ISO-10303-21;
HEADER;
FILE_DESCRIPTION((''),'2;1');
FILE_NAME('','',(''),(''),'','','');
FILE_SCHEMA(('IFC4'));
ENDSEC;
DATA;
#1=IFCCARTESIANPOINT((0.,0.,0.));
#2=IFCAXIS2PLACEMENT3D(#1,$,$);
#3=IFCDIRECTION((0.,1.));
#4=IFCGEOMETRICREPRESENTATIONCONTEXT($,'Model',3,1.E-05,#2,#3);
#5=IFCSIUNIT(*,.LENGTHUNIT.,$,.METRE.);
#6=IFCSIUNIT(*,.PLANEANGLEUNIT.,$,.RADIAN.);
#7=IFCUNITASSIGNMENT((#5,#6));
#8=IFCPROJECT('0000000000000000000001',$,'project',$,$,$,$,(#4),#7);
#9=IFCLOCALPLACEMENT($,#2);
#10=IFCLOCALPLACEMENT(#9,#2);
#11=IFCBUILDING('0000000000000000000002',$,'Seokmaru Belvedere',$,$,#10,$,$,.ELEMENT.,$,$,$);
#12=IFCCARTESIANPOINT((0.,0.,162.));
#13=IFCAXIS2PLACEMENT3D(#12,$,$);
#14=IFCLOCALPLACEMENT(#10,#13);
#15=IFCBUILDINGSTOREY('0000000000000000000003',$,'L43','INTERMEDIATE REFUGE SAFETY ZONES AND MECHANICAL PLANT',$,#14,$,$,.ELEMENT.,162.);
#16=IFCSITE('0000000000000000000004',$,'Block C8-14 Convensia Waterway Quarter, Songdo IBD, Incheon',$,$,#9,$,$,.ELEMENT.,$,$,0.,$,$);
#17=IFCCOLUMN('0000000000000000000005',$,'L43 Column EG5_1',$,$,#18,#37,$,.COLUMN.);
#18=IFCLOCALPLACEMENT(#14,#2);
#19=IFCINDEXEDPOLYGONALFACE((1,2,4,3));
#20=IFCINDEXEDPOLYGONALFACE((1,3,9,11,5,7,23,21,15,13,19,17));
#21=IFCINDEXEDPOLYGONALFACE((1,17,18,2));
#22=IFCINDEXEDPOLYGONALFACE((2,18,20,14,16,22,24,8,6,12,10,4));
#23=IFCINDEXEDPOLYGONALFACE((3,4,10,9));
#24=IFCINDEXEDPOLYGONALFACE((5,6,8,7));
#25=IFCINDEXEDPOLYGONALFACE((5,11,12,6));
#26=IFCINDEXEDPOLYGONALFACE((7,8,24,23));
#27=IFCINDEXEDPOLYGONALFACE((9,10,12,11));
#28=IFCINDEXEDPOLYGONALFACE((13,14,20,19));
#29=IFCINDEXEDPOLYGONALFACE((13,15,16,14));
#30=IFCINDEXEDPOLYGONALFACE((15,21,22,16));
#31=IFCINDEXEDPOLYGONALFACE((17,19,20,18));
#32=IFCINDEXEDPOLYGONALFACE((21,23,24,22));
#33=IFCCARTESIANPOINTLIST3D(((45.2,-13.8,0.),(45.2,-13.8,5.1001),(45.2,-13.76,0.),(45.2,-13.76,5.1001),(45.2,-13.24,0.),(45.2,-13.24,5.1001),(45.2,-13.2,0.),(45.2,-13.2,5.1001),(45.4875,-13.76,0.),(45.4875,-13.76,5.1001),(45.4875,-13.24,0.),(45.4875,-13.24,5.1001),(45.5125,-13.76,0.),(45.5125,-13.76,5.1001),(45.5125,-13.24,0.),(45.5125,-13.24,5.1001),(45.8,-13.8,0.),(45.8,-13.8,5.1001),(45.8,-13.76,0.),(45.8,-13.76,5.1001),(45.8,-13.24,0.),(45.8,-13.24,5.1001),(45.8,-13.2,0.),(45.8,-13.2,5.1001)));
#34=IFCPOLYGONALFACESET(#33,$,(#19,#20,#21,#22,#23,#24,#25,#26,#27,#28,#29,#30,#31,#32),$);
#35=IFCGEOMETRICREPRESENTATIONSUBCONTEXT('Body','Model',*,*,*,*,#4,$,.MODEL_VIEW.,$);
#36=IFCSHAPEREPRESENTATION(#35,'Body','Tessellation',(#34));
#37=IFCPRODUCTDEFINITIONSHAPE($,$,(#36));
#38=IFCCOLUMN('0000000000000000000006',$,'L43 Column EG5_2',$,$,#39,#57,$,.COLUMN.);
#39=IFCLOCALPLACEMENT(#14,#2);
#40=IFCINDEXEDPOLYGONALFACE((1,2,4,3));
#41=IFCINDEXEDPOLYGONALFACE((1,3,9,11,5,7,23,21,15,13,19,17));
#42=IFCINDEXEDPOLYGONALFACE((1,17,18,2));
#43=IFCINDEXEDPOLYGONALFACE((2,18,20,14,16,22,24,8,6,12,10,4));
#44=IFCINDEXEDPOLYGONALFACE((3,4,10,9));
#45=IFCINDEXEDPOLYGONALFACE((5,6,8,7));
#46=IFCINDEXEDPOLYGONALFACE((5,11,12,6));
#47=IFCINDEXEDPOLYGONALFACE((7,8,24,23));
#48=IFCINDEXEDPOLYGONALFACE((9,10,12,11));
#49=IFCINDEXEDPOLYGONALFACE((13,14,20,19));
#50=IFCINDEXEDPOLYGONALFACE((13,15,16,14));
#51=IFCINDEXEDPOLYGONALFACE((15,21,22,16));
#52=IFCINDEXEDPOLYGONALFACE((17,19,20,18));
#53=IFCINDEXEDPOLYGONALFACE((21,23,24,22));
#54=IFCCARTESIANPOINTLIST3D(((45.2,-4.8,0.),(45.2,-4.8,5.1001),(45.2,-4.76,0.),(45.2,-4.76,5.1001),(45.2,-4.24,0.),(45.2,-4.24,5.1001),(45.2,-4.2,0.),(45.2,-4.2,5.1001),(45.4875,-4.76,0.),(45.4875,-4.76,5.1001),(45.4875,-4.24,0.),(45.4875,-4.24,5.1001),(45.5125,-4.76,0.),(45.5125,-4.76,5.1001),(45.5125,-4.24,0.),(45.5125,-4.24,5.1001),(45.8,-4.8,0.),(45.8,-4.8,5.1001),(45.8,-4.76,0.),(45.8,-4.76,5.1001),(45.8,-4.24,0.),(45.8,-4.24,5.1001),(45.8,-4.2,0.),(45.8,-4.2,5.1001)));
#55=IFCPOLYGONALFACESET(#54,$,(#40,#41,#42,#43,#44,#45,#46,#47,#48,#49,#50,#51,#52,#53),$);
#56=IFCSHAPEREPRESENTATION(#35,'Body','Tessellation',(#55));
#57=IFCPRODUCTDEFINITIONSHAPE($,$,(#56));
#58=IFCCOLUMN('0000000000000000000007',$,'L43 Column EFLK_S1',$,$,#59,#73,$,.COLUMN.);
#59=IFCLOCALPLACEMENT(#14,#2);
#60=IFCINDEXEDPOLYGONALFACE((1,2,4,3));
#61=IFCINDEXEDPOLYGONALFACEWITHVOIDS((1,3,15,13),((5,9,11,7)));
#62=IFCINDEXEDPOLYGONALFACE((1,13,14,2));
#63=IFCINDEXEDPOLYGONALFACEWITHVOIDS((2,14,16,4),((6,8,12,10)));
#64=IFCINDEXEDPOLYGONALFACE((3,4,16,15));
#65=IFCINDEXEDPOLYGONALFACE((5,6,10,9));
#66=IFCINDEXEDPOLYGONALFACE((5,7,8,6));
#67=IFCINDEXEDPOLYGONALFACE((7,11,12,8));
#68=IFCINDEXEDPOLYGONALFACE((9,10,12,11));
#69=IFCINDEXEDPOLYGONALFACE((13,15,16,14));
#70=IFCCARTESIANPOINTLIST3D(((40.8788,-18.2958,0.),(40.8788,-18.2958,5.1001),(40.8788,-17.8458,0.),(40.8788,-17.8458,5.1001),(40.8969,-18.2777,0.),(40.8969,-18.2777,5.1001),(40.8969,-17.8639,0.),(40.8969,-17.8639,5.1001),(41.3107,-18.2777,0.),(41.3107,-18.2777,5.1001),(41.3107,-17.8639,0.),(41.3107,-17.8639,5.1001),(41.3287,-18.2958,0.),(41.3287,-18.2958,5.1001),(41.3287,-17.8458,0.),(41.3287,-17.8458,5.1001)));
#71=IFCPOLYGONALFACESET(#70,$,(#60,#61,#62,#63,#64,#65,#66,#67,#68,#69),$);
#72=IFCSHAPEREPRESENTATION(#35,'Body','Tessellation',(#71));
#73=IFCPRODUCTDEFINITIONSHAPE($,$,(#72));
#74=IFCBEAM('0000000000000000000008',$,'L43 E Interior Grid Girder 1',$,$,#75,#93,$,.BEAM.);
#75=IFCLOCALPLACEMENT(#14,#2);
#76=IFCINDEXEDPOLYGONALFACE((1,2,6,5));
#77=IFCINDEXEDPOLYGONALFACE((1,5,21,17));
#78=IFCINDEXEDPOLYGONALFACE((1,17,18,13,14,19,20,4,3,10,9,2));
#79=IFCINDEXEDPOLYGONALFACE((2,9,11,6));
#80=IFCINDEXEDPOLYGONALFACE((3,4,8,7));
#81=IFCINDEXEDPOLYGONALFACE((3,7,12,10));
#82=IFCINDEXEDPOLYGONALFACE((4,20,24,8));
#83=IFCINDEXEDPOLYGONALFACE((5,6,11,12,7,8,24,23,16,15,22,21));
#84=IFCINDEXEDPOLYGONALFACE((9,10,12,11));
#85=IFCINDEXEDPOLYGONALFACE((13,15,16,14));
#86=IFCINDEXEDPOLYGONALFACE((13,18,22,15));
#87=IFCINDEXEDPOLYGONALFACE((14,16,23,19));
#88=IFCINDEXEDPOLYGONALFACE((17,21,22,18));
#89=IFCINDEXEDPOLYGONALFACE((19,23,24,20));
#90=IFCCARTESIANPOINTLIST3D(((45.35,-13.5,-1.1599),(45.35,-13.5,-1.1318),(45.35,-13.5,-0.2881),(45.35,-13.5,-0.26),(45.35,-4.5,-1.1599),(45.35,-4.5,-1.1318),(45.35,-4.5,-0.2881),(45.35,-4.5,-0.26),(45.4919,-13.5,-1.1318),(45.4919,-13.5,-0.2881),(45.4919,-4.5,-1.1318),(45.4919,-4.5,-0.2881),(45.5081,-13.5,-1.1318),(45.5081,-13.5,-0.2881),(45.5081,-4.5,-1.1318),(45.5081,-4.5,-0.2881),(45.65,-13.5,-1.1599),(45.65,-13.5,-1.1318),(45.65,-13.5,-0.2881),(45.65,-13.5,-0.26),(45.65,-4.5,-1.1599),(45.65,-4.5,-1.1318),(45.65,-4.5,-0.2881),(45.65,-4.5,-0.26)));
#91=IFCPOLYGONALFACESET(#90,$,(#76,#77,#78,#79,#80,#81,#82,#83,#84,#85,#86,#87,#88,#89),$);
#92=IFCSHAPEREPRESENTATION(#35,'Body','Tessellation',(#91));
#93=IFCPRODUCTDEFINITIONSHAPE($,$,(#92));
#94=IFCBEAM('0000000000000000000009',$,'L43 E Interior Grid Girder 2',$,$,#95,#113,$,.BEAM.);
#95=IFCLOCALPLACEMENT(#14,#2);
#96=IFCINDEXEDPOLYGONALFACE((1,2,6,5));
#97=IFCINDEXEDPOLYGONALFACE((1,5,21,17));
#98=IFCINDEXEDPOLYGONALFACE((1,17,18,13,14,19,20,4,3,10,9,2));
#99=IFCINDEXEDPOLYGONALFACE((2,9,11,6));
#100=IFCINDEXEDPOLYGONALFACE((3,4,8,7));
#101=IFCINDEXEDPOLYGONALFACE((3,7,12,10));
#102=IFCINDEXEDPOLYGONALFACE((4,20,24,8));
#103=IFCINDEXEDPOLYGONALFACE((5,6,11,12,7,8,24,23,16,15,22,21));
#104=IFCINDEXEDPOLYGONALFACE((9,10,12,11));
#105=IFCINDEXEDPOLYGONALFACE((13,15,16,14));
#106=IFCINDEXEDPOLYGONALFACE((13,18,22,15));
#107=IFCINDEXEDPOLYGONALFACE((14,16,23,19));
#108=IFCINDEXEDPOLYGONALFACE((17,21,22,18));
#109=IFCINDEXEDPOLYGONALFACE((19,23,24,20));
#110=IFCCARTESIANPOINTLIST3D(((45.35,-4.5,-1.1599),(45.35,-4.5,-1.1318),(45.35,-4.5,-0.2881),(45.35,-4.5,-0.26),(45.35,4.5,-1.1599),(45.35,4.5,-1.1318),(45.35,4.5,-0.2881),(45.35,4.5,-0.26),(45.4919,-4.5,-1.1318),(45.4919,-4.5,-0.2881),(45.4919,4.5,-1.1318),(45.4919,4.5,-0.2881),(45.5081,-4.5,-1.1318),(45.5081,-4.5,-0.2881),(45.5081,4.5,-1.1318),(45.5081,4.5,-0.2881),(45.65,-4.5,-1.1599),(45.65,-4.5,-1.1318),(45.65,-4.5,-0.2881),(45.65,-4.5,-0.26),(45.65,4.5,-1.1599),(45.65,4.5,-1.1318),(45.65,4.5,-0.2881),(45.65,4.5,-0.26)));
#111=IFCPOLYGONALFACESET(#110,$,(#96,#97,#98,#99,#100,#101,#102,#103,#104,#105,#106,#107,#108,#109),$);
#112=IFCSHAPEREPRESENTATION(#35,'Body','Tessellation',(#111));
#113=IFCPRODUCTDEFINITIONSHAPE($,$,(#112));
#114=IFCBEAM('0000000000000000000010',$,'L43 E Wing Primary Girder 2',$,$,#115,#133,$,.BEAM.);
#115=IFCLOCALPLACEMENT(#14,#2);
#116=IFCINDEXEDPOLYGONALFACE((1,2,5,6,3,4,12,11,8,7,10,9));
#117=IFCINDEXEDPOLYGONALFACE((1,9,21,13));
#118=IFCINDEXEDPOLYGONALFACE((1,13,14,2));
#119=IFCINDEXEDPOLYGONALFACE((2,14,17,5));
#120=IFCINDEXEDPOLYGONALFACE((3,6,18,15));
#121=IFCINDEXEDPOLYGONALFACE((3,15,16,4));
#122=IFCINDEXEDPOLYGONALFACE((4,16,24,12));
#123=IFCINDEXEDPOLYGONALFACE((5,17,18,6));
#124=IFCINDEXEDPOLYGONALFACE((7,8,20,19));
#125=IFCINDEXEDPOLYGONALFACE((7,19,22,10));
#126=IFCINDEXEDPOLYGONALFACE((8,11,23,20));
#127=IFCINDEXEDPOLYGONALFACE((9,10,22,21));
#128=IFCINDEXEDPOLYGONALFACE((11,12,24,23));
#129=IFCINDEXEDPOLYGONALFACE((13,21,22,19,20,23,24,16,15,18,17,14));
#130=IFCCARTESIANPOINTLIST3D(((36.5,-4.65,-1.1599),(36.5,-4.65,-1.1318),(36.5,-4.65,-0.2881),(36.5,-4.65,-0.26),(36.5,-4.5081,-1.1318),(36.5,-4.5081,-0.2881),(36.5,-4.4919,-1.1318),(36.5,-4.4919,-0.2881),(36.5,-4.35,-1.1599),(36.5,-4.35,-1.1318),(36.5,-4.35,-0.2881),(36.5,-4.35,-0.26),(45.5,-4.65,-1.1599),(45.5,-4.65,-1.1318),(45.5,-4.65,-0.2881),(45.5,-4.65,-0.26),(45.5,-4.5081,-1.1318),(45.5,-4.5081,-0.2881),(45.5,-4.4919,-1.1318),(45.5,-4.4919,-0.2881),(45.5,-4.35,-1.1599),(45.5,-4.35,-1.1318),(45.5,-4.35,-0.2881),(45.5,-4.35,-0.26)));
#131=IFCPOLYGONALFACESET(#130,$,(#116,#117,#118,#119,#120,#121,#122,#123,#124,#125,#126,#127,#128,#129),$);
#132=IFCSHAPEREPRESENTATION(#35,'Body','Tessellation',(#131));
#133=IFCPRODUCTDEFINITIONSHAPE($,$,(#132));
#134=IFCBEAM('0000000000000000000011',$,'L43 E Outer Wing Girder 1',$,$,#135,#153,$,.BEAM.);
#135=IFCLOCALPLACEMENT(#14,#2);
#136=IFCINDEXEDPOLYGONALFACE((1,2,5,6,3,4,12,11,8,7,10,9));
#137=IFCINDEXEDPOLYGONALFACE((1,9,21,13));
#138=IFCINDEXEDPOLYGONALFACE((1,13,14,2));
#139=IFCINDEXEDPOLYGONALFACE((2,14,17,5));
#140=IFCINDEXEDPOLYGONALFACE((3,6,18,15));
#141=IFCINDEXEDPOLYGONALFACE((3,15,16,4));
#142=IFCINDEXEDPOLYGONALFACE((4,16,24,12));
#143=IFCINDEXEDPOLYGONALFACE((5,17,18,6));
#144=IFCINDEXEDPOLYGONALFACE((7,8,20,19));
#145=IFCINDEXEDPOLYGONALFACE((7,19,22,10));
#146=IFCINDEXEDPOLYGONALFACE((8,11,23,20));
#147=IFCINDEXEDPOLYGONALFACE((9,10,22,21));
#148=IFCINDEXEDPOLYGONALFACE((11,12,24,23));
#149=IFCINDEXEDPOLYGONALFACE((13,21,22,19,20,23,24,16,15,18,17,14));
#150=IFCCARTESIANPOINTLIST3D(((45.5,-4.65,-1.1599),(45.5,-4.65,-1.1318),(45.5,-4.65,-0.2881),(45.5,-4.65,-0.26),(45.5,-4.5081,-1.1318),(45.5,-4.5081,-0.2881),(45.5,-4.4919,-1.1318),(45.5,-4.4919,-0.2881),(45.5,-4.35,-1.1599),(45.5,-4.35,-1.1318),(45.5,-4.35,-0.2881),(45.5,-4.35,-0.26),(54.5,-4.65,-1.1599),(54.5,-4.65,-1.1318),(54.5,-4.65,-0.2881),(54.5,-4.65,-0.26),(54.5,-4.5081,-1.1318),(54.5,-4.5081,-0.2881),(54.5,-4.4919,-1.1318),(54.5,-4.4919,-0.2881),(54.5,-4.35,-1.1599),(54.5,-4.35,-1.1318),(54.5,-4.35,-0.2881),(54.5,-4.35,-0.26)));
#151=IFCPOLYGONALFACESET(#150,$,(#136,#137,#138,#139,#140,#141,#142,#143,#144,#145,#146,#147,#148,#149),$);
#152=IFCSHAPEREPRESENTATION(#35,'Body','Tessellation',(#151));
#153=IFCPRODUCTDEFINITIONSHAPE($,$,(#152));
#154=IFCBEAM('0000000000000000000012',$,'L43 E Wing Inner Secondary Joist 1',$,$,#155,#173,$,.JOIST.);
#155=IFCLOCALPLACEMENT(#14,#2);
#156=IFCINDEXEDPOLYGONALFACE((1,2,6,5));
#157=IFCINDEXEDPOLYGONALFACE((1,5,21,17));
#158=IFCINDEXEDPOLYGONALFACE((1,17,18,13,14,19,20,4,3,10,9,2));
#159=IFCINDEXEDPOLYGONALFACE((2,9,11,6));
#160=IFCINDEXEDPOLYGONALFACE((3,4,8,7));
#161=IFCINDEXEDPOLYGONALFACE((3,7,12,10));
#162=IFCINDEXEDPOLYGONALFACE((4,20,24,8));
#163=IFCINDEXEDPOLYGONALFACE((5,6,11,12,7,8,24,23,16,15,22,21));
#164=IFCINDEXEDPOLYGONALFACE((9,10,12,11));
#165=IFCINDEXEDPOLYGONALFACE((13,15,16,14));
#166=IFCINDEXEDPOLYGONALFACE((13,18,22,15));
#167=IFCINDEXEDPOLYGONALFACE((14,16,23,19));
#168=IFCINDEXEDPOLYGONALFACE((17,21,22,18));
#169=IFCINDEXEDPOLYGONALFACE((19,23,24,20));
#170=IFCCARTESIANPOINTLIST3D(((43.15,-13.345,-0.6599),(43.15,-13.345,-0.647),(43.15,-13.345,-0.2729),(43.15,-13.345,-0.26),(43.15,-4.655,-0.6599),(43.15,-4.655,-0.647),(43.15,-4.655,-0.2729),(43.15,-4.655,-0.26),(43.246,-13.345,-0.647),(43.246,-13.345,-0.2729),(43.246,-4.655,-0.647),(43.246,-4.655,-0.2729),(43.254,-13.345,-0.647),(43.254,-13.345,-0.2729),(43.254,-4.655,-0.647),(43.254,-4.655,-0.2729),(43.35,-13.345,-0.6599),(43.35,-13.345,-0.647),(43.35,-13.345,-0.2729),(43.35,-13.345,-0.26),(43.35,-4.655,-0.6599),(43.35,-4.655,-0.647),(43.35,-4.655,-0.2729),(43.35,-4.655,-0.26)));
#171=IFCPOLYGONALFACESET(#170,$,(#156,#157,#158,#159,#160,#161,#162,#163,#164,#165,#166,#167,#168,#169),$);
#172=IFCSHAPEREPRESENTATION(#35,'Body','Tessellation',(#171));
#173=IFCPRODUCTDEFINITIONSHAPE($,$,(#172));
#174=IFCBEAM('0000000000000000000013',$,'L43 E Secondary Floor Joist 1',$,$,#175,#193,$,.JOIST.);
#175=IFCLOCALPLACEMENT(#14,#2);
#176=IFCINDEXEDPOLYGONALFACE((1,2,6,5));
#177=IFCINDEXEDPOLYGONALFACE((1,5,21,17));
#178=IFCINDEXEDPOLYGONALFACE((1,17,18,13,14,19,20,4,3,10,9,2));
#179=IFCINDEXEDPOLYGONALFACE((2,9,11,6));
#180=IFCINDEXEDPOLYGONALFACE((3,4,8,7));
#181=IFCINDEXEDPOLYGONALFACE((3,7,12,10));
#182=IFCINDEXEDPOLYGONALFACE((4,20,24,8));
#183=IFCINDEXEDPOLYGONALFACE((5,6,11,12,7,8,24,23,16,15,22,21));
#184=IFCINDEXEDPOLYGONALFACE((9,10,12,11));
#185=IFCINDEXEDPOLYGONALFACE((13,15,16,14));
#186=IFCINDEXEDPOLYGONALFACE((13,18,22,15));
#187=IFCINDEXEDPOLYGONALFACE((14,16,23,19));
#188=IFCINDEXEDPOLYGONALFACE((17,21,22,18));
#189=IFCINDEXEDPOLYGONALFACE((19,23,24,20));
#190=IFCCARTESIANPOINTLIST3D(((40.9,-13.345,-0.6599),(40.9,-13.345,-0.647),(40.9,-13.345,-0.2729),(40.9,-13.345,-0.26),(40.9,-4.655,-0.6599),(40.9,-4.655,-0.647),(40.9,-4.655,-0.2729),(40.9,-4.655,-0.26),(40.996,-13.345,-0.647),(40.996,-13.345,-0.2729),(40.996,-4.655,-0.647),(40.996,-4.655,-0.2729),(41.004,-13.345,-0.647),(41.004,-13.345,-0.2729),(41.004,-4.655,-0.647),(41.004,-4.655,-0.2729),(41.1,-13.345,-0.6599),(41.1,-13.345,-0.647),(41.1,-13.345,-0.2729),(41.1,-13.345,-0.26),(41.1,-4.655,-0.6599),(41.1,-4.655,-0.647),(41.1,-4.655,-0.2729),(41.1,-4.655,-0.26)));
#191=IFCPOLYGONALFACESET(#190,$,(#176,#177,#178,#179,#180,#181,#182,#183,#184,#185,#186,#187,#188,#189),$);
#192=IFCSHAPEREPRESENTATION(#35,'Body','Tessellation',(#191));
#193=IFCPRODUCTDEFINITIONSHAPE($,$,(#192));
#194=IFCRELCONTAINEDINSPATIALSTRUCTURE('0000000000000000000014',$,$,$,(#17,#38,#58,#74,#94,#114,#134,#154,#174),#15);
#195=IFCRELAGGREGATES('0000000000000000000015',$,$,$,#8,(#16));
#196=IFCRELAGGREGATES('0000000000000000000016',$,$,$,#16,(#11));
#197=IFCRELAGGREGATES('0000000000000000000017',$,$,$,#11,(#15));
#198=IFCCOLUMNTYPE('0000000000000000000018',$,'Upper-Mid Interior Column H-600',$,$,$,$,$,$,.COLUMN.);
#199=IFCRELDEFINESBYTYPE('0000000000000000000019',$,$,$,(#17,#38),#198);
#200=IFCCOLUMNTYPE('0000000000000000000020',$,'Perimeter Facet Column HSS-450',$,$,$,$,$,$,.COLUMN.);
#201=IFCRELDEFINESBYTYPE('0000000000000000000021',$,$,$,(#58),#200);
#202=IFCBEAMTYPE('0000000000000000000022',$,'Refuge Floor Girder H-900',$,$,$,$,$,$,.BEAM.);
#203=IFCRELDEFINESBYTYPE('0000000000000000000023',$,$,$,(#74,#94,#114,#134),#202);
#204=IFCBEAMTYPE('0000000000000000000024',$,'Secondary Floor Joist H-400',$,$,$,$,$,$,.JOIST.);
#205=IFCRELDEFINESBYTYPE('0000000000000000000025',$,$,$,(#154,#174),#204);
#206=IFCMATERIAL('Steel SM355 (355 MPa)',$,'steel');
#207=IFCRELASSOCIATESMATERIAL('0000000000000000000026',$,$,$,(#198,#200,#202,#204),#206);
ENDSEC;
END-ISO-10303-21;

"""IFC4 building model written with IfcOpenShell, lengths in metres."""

from ifc_helpers import new_model, si_unit, direction, frame, origin, origin_2d, place, context, subcontext, project, spatial, hollow_rectangle, i_section, extrude, source, transform, mapped, material, material_profile, profile_set, type_object, type_shapes, element, save


model = new_model("IFC4")

# Units and contexts
model_context = context("Model", 3, precision=1e-05, world=origin(), true_north=direction((0.0, 1.0)))
body_context = subcontext(model_context, "Body", "Model", "MODEL_VIEW")
ifc_project = project(units=[si_unit("LENGTHUNIT", "METRE"), si_unit("PLANEANGLEUNIT", "RADIAN")], contexts=[model_context])

# Site, building, storey
site_placement = place(None, origin())
site = spatial("IfcSite", under=ifc_project, at=site_placement, Name="Block C8-14 Convensia Waterway Quarter, Songdo IBD, Incheon", CompositionType="ELEMENT", RefElevation=0.0)
building_placement = place(site_placement, origin())
building = spatial("IfcBuilding", under=site, at=building_placement, Name="Seokmaru Belvedere", CompositionType="ELEMENT")
storey_placement = place(building_placement, frame((0.0, 0.0, 162.0)))
storey = spatial("IfcBuildingStorey", under=building, at=storey_placement, Name="L43", Description="INTERMEDIATE REFUGE SAFETY ZONES AND MECHANICAL PLANT", CompositionType="ELEMENT", Elevation=162.0)

# Columns
ifc_material_1 = material(Name="Steel SM355 (355 MPa)", Category="steel")
ifc_material_profile_1 = material_profile(ifc_material_1, i_section(OverallWidth=0.6001, OverallDepth=0.6001, WebThickness=0.0249, FlangeThickness=0.04, at=origin_2d()), Name="H-600x600x25x40")
ifc_profile_set_1 = profile_set([ifc_material_profile_1], Name="Steel SM355 (355 MPa)")
column_type_1 = type_object("IfcColumnType", Name="Upper-Mid Interior Column H-600", PredefinedType="COLUMN", material=ifc_profile_set_1)
shared_shape_1 = source(origin(), body_context, "Body", "SweptSolid", [
    extrude(i_section(OverallWidth=0.6001, OverallDepth=0.6001, WebThickness=0.0249, FlangeThickness=0.04, at=origin_2d()), origin(), (0.0, 0.0, 1.0), 5.1001),
])
type_shapes(column_type_1, [shared_shape_1])
for number, where, z_axis, x_axis, name in (
    (1, (45.5, -13.5, 0.0), (0.0, 0.0, 1.0), (1.0, 0.0, 0.0), "L43 Column EG5_1"),
    (2, (45.5, -4.5, 0.0), (0.0, 0.0, 1.0), (1.0, 0.0, 0.0), "L43 Column EG5_2"),
):
    element("IfcColumn", number, at=place(storey_placement, frame(where, z_axis=z_axis, x_axis=x_axis)), inside=storey, type_object=column_type_1, Name=name, PredefinedType="COLUMN", context=body_context, shape_type="MappedRepresentation", body=[
        mapped(shared_shape_1, transform((0.0, 0.0, 0.0), scale=1.0)),
    ])
ifc_material_profile_2 = material_profile(ifc_material_1, hollow_rectangle(XDim=0.45, YDim=0.45, WallThickness=0.0181, at=origin_2d()), Name="HSS-450x450x18")
ifc_profile_set_2 = profile_set([ifc_material_profile_2], Name="Steel SM355 (355 MPa)")
column_type_2 = type_object("IfcColumnType", Name="Perimeter Facet Column HSS-450", PredefinedType="COLUMN", material=ifc_profile_set_2)
shared_shape_2 = source(origin(), body_context, "Body", "SweptSolid", [
    extrude(hollow_rectangle(XDim=0.45, YDim=0.45, WallThickness=0.0181, at=origin_2d()), origin(), (0.0, 0.0, 1.0), 5.1001),
])
type_shapes(column_type_2, [shared_shape_2])
column_placement = place(storey_placement, frame((41.1038, -18.0708, 0.0), z_axis=(0.0, 0.0, 1.0), x_axis=(1.0, 0.0, 0.0)))
element("IfcColumn", 3, at=column_placement, inside=storey, type_object=column_type_2, Name="L43 Column EFLK_S1", PredefinedType="COLUMN", context=body_context, shape_type="MappedRepresentation", body=[
    mapped(shared_shape_2, transform((0.0, 0.0, 0.0), scale=1.0)),
])

# Beams
ifc_material_profile_3 = material_profile(ifc_material_1, i_section(OverallWidth=0.3, OverallDepth=0.8999, WebThickness=0.0161, FlangeThickness=0.0281, at=origin_2d()), Name="H-900x300x16x28")
ifc_profile_set_3 = profile_set([ifc_material_profile_3], Name="Steel SM355 (355 MPa)")
beam_type_1 = type_object("IfcBeamType", Name="Refuge Floor Girder H-900", PredefinedType="BEAM", material=ifc_profile_set_3)
shared_shape_3 = source(origin(), body_context, "Body", "SweptSolid", [
    extrude(i_section(OverallWidth=0.3, OverallDepth=0.8999, WebThickness=0.0161, FlangeThickness=0.0281, at=origin_2d()), origin(), (0.0, 0.0, 1.0), 9.0),
])
for number, where, z_axis, x_axis, name in (
    (4, (45.5, -13.5, -0.71), (0.0, 1.0, 0.0), (-1.0, 0.0, 0.0), "L43 E Interior Grid Girder 1"),
    (5, (45.5, -4.5, -0.71), (0.0, 1.0, 0.0), (-1.0, 0.0, 0.0), "L43 E Interior Grid Girder 2"),
    (6, (36.5, -4.5, -0.71), (1.0, 0.0, 0.0), (0.0, 1.0, 0.0), "L43 E Wing Primary Girder 2"),
    (7, (45.5, -4.5, -0.71), (1.0, 0.0, 0.0), (0.0, 1.0, 0.0), "L43 E Outer Wing Girder 1"),
):
    element("IfcBeam", number, at=place(storey_placement, frame(where, z_axis=z_axis, x_axis=x_axis)), inside=storey, type_object=beam_type_1, Name=name, PredefinedType="BEAM", context=body_context, shape_type="MappedRepresentation", body=[
        mapped(shared_shape_3, transform((0.0, 0.0, 0.0), scale=1.0)),
    ])
ifc_material_profile_4 = material_profile(ifc_material_1, i_section(OverallWidth=0.2, OverallDepth=0.3999, WebThickness=0.0081, FlangeThickness=0.0129, at=origin_2d()), Name="H-400x200x8x13")
ifc_profile_set_4 = profile_set([ifc_material_profile_4], Name="Steel SM355 (355 MPa)")
beam_type_2 = type_object("IfcBeamType", Name="Secondary Floor Joist H-400", PredefinedType="JOIST", material=ifc_profile_set_4)
shared_shape_4 = source(origin(), body_context, "Body", "SweptSolid", [
    extrude(i_section(OverallWidth=0.2, OverallDepth=0.3999, WebThickness=0.0081, FlangeThickness=0.0129, at=origin_2d()), origin(), (0.0, 0.0, 1.0), 8.6899),
])
type_shapes(beam_type_2, [shared_shape_4])
for number, where, z_axis, x_axis, name in (
    (8, (43.25, -13.345, -0.46), (0.0, 1.0, 0.0), (-1.0, 0.0, 0.0), "L43 E Wing Inner Secondary Joist 1"),
    (9, (41.0, -13.345, -0.46), (0.0, 1.0, 0.0), (-1.0, 0.0, 0.0), "L43 E Secondary Floor Joist 1"),
):
    element("IfcBeam", number, at=place(storey_placement, frame(where, z_axis=z_axis, x_axis=x_axis)), inside=storey, type_object=beam_type_2, Name=name, PredefinedType="JOIST", context=body_context, shape_type="MappedRepresentation", body=[
        mapped(shared_shape_4, transform((0.0, 0.0, 0.0), scale=1.0)),
    ])

save(model, "model.ifc")
